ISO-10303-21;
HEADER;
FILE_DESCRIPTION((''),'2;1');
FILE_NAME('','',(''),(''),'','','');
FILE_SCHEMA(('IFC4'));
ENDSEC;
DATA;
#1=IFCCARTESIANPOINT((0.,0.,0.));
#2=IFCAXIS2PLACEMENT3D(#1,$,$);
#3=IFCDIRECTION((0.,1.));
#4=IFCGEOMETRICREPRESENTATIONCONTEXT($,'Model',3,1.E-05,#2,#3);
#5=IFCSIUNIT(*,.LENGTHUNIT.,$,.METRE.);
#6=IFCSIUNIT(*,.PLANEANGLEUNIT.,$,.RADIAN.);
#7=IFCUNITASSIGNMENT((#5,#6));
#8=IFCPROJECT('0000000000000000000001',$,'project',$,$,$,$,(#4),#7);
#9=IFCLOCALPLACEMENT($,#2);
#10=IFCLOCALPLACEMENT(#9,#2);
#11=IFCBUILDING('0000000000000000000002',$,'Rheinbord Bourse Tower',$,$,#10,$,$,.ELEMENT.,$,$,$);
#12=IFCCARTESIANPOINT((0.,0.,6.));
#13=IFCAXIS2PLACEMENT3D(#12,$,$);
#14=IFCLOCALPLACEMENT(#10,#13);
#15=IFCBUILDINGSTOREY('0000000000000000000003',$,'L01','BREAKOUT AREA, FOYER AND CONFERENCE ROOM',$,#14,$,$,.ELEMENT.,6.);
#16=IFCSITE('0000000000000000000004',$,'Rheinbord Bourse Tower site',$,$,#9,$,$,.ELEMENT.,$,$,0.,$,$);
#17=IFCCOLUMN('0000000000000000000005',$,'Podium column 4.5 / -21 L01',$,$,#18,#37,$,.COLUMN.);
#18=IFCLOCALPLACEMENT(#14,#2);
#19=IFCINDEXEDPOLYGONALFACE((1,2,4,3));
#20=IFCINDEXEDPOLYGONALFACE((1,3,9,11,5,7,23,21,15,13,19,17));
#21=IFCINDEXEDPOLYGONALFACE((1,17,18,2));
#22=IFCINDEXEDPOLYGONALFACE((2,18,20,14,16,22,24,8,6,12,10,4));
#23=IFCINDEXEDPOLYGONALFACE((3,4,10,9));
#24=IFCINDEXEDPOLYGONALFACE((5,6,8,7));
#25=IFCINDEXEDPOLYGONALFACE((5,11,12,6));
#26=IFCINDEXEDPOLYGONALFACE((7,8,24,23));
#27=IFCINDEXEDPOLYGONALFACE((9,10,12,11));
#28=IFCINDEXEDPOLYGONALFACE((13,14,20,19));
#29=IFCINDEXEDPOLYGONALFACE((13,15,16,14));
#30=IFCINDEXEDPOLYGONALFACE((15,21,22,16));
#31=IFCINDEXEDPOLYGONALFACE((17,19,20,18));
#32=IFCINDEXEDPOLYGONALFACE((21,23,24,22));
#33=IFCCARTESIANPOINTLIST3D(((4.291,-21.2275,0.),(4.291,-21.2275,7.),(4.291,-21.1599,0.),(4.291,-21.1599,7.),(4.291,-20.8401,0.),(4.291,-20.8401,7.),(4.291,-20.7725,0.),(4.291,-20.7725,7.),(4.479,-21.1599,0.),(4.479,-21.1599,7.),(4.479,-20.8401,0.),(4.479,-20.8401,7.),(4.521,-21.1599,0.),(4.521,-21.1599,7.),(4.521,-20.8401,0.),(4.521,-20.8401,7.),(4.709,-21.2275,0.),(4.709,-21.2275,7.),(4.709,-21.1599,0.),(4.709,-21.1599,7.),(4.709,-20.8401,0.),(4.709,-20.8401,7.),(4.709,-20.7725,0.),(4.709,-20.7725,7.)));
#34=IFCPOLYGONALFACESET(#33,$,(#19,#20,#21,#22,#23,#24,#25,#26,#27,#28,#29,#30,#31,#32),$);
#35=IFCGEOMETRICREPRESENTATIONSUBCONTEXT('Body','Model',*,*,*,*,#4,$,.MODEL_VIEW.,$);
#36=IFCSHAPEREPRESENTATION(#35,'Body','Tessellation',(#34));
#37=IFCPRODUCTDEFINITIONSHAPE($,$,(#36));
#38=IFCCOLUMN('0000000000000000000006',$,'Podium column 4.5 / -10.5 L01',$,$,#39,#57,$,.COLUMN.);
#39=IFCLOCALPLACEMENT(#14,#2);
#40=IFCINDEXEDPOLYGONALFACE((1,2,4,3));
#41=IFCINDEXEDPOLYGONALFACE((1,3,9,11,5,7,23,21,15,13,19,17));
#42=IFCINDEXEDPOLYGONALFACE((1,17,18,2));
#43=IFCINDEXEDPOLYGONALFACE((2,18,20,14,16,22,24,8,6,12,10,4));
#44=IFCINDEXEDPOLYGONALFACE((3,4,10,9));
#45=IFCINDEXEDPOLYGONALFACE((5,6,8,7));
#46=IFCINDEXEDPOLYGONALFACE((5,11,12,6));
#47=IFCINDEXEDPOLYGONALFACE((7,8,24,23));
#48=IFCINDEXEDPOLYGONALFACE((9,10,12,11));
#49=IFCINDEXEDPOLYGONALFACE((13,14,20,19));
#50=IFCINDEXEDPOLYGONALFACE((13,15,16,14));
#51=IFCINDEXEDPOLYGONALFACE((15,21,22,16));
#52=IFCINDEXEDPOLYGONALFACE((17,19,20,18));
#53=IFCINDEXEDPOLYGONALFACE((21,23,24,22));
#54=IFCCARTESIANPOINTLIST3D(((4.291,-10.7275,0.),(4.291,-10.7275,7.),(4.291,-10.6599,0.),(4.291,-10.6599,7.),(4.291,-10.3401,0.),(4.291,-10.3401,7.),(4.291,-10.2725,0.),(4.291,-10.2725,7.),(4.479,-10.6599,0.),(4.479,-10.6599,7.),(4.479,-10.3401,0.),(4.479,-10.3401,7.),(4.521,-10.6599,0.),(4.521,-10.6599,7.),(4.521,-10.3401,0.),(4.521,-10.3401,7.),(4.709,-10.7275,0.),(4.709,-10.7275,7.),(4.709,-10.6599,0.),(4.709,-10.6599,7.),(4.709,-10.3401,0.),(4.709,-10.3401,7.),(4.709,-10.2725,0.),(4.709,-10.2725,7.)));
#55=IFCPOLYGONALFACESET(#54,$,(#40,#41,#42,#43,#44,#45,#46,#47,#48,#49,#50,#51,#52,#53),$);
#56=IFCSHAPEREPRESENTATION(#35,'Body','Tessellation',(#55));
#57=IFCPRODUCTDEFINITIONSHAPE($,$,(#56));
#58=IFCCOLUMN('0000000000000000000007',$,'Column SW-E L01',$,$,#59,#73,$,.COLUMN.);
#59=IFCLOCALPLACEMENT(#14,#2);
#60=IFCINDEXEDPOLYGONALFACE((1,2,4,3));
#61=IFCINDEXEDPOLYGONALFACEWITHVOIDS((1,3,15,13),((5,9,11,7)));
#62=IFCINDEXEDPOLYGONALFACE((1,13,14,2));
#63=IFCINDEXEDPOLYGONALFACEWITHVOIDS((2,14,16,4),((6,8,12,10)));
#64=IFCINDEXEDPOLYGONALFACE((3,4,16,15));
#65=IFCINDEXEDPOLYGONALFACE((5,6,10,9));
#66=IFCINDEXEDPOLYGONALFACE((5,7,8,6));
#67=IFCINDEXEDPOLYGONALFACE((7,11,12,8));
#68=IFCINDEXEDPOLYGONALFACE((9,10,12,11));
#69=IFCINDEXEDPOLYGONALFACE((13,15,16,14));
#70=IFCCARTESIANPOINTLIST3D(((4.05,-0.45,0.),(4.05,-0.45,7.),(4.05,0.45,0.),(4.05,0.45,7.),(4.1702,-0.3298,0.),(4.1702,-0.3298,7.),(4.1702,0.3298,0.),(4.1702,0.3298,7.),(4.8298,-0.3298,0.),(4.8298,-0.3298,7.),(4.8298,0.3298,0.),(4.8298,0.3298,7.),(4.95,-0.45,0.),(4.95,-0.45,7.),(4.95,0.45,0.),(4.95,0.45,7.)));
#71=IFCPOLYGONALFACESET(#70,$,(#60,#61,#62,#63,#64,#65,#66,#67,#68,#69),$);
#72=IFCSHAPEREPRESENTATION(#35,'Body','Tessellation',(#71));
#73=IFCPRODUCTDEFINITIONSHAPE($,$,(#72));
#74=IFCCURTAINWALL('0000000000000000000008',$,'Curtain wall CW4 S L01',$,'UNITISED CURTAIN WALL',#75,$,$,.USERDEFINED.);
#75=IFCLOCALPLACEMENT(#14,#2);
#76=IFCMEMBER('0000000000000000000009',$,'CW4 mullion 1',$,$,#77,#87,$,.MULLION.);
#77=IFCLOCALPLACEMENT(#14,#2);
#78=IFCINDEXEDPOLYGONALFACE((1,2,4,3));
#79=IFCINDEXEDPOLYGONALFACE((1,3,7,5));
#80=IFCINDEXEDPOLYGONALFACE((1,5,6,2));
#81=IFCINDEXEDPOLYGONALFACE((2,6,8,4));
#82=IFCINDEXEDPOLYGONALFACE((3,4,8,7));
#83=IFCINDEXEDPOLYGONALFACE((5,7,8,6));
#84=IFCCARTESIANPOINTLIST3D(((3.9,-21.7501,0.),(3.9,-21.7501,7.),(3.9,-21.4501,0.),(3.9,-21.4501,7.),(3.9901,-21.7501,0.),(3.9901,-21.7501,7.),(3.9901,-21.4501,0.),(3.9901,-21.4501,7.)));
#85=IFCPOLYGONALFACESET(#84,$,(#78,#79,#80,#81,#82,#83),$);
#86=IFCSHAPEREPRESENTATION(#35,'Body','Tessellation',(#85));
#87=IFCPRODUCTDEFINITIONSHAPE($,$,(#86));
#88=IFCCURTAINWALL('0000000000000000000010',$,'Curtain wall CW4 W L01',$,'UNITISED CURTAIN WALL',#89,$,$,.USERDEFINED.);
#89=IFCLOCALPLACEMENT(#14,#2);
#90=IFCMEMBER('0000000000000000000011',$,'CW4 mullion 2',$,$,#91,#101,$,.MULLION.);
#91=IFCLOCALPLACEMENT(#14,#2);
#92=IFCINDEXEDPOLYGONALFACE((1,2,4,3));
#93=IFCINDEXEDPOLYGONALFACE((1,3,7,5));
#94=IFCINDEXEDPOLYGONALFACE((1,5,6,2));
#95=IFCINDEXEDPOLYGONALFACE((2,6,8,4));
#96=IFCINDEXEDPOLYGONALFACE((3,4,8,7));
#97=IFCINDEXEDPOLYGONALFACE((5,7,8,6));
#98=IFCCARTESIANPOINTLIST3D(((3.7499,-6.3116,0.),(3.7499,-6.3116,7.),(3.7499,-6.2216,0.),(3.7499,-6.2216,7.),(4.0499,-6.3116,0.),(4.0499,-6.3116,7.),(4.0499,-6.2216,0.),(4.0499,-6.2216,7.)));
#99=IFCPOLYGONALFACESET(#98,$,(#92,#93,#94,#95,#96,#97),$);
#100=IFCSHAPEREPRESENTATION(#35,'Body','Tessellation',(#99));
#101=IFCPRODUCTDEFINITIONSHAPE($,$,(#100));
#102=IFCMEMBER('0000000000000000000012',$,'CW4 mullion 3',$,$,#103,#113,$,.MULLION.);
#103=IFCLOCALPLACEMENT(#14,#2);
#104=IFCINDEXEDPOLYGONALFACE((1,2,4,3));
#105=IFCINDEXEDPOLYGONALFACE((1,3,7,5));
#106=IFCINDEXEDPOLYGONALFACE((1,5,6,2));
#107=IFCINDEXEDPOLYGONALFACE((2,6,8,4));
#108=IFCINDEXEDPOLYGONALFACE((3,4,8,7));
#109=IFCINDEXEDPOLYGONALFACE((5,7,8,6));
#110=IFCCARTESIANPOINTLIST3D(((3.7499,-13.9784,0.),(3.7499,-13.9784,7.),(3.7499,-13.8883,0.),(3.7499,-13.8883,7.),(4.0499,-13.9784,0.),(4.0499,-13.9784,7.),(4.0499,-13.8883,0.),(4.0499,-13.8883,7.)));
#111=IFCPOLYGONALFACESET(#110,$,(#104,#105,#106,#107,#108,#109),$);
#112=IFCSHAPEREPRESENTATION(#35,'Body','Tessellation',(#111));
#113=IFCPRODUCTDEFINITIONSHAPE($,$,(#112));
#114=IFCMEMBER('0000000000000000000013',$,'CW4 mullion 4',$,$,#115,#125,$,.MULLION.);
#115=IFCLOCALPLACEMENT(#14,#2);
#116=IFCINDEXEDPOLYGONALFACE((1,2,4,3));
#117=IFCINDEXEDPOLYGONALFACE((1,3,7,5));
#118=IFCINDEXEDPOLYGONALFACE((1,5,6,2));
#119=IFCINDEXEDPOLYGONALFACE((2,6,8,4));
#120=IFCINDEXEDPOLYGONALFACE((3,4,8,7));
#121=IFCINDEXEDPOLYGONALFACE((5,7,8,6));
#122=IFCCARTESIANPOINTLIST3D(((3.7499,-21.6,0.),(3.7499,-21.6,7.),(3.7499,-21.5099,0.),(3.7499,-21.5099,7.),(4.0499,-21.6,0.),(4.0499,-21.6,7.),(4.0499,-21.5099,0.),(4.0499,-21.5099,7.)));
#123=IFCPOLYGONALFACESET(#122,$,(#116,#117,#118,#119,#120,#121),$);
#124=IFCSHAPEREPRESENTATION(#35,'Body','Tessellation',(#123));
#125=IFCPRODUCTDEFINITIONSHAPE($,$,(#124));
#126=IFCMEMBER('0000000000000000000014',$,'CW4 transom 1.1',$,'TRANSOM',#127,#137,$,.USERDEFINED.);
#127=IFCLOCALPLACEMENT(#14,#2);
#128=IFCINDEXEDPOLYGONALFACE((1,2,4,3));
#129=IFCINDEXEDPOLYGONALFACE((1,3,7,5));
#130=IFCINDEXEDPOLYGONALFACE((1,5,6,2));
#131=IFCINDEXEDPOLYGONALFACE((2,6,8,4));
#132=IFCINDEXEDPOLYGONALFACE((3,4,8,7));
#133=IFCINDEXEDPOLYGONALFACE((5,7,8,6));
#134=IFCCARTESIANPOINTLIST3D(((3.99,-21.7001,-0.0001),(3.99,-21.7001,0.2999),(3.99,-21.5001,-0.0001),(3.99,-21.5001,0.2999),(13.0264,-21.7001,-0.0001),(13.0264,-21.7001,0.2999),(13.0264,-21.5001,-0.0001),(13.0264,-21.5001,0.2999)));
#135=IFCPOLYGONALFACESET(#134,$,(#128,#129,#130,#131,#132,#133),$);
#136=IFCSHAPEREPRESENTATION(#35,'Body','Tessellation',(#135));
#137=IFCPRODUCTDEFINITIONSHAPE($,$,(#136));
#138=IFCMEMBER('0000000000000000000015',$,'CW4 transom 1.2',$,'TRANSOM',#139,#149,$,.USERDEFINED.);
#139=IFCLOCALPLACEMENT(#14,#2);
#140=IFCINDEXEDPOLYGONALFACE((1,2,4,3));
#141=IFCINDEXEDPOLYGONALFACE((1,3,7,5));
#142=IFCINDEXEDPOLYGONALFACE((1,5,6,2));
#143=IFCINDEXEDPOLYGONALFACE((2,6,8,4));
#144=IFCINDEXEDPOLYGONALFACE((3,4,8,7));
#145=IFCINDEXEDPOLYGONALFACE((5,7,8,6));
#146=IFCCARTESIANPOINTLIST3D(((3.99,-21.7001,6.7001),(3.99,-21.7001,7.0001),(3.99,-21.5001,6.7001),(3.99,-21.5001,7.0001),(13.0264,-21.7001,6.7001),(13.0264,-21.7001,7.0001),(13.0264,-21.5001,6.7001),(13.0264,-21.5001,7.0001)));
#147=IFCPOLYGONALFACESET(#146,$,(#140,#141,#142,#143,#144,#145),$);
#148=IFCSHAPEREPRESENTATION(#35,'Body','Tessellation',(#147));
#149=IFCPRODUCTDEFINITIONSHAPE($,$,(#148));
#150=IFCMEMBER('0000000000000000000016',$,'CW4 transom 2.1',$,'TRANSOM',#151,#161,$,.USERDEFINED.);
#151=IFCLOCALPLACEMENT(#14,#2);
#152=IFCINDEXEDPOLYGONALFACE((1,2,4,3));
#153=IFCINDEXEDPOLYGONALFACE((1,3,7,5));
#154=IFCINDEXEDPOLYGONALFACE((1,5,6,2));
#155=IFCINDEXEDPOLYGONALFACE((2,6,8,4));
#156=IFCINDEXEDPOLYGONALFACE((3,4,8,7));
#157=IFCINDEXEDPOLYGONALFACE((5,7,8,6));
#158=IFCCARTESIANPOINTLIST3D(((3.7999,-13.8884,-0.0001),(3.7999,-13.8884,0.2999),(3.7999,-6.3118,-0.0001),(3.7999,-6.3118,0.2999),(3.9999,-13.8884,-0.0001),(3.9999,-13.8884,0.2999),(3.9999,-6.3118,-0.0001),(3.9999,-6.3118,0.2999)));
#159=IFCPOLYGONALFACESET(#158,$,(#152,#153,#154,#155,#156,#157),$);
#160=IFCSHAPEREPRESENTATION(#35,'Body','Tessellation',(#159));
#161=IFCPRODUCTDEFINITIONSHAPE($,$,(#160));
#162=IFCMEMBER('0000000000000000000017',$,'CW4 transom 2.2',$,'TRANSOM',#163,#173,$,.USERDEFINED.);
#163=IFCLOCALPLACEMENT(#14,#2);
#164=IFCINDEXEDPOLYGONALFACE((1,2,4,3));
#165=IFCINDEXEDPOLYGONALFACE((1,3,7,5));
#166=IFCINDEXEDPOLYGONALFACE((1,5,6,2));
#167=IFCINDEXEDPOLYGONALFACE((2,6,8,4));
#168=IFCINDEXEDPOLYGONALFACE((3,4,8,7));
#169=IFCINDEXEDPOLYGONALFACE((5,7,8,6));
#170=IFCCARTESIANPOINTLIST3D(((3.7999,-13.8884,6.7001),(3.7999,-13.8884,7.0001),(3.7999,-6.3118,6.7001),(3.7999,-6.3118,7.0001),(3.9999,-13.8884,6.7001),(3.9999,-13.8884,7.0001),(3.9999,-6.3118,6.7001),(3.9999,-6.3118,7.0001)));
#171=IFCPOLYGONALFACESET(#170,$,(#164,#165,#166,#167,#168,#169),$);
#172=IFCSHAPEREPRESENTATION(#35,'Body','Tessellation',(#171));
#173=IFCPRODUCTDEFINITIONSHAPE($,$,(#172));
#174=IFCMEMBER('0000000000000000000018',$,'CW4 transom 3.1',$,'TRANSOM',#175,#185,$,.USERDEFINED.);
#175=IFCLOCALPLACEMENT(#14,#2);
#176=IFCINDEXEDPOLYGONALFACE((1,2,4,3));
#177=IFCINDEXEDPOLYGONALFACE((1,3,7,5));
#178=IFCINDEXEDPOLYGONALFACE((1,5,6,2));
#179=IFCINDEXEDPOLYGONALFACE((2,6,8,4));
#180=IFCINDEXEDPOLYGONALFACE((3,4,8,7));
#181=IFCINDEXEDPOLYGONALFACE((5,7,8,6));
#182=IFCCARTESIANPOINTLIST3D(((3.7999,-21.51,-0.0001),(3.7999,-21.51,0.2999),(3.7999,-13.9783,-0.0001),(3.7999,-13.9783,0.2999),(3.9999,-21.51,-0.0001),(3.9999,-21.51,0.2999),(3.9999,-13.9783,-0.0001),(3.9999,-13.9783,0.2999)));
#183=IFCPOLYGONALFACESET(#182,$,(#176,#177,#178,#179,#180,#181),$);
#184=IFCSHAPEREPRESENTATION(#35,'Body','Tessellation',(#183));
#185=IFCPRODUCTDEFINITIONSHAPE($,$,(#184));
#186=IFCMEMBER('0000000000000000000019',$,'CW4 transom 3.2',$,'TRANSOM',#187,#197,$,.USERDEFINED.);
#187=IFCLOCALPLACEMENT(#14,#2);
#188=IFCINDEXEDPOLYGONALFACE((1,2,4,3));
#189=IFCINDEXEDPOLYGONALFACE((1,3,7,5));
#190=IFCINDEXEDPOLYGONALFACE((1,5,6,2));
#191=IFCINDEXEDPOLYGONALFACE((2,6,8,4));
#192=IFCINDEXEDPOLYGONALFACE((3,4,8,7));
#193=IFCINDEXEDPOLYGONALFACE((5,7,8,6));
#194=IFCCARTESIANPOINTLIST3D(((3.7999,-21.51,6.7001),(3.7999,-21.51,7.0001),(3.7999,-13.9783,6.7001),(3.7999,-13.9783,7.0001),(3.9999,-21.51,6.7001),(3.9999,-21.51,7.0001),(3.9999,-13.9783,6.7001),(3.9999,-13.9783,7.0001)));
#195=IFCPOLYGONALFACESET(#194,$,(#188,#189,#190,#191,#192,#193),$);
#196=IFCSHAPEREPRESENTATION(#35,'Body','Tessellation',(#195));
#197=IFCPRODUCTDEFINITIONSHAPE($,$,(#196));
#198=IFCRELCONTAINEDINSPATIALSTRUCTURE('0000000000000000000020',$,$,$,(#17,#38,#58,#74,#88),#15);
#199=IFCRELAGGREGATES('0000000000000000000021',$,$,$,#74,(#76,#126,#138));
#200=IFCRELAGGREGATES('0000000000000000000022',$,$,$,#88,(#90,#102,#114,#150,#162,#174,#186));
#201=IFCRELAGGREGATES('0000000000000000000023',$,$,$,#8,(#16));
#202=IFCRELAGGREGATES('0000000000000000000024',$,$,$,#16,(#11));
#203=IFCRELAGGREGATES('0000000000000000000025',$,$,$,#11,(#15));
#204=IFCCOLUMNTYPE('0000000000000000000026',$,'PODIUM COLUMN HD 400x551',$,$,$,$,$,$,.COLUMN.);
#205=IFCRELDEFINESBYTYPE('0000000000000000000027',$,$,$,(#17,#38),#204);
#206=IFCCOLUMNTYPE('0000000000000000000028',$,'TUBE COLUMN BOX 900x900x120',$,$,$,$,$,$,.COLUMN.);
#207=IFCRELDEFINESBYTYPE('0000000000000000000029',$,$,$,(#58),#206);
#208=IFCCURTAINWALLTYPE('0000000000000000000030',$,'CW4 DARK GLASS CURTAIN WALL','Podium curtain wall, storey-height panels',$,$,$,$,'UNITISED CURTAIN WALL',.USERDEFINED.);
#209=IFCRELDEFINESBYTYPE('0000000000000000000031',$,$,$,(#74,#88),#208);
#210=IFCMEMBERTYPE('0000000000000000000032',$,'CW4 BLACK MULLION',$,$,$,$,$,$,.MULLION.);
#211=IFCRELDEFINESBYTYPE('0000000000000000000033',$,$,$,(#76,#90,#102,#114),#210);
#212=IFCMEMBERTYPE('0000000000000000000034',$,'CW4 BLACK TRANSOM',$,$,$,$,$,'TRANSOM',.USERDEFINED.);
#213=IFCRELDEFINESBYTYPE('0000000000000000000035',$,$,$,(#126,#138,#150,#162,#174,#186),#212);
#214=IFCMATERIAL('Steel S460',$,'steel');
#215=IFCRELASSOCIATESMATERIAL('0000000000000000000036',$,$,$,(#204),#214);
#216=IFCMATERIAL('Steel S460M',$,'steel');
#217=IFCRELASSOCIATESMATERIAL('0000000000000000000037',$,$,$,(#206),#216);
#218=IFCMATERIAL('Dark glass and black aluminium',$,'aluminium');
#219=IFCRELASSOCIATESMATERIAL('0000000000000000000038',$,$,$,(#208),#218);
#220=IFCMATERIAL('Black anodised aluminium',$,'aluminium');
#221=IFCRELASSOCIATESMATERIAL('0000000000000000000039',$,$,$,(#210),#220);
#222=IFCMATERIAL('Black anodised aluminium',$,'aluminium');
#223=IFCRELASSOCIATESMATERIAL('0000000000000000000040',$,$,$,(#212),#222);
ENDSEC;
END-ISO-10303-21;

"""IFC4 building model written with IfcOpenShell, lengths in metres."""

from ifc_helpers import new_model, si_unit, direction, frame, origin, origin_2d, place, context, subcontext, project, spatial, rectangle, hollow_rectangle, i_section, extrude, material, material_profile, profile_set, type_object, element, aggregate, save


model = new_model("IFC4")

# Units and contexts
model_context = context("Model", 3, precision=1e-05, world=origin(), true_north=direction((0.0, 1.0)))
body_context = subcontext(model_context, "Body", "Model", "MODEL_VIEW")
ifc_project = project(units=[si_unit("LENGTHUNIT", "METRE"), si_unit("PLANEANGLEUNIT", "RADIAN")], contexts=[model_context])

# Site, building, storey
site_placement = place(None, origin())
site = spatial("IfcSite", under=ifc_project, at=site_placement, Name="Rheinbord Bourse Tower site", CompositionType="ELEMENT", RefElevation=0.0)
building_placement = place(site_placement, origin())
building = spatial("IfcBuilding", under=site, at=building_placement, Name="Rheinbord Bourse Tower", CompositionType="ELEMENT")
storey_placement = place(building_placement, frame((0.0, 0.0, 6.0)))
storey = spatial("IfcBuildingStorey", under=building, at=storey_placement, Name="L01", Description="BREAKOUT AREA, FOYER AND CONFERENCE ROOM", CompositionType="ELEMENT", Elevation=6.0)

# Columns
ifc_material_1 = material(Name="Steel S460", Category="steel")
ifc_material_profile_1 = material_profile(ifc_material_1, i_section(OverallWidth=0.418, OverallDepth=0.4551, WebThickness=0.042, FlangeThickness=0.0676, at=origin_2d()), Name="HD 400x551")
ifc_profile_set_1 = profile_set([ifc_material_profile_1], Name="Steel S460")
column_type_1 = type_object("IfcColumnType", Name="PODIUM COLUMN HD 400x551", PredefinedType="COLUMN", material=ifc_profile_set_1)
for number, where, z_axis, x_axis, name in (
    (1, (4.5, -21.0, 0.0), (0.0, 0.0, 1.0), (1.0, 0.0, 0.0), "Podium column 4.5 / -21 L01"),
    (2, (4.5, -10.5, 0.0), (0.0, 0.0, 1.0), (1.0, 0.0, 0.0), "Podium column 4.5 / -10.5 L01"),
):
    element("IfcColumn", number, at=place(storey_placement, frame(where, z_axis=z_axis, x_axis=x_axis)), inside=storey, type_object=column_type_1, Name=name, PredefinedType="COLUMN", context=body_context, shape_type="SweptSolid", body=[
        extrude(i_section(OverallWidth=0.418, OverallDepth=0.4551, WebThickness=0.042, FlangeThickness=0.0676, at=origin_2d()), origin(), (0.0, 0.0, 1.0), 7.0),
    ])
ifc_material_2 = material(Name="Steel S460M", Category="steel")
ifc_material_profile_2 = material_profile(ifc_material_2, hollow_rectangle(XDim=0.8999, YDim=0.8999, WallThickness=0.1201, at=origin_2d()), Name="BOX 900x900x120")
ifc_profile_set_2 = profile_set([ifc_material_profile_2], Name="Steel S460M")
column_type_2 = type_object("IfcColumnType", Name="TUBE COLUMN BOX 900x900x120", PredefinedType="COLUMN", material=ifc_profile_set_2)
column_placement = place(storey_placement, frame((4.5, 0.0, 0.0), z_axis=(0.0, 0.0, 1.0), x_axis=(0.0, 1.0, 0.0)))
element("IfcColumn", 3, at=column_placement, inside=storey, type_object=column_type_2, Name="Column SW-E L01", PredefinedType="COLUMN", context=body_context, shape_type="SweptSolid", body=[
    extrude(hollow_rectangle(XDim=0.8999, YDim=0.8999, WallThickness=0.1201, at=origin_2d()), origin(), (0.0, 0.0, 1.0), 7.0),
])

# Curtain wall, member
ifc_material_3 = material(Name="Dark glass and black aluminium", Category="aluminium")
curtain_wall_type = type_object("IfcCurtainWallType", Name="CW4 DARK GLASS CURTAIN WALL", Description="Podium curtain wall, storey-height panels", ElementType="UNITISED CURTAIN WALL", PredefinedType="USERDEFINED", material=ifc_material_3)
curtain_wall_1_placement = place(storey_placement, origin())
curtain_wall_1 = element("IfcCurtainWall", 4, at=curtain_wall_1_placement, inside=storey, type_object=curtain_wall_type, Name="Curtain wall CW4 S L01", ObjectType="UNITISED CURTAIN WALL", PredefinedType="USERDEFINED")
ifc_material_4 = material(Name="Black anodised aluminium", Category="aluminium")
ifc_material_profile_3 = material_profile(ifc_material_4, rectangle(XDim=0.3, YDim=0.0901, at=origin_2d()), Name="CW4 MULLION 90x300")
ifc_profile_set_3 = profile_set([ifc_material_profile_3], Name="Black anodised aluminium")
member_type_1 = type_object("IfcMemberType", Name="CW4 BLACK MULLION", PredefinedType="MULLION", material=ifc_profile_set_3)
member_1_placement = place(storey_placement, frame((3.9451, -21.6001, 0.0), z_axis=(0.0, 0.0, 1.0), x_axis=(0.0, 1.0, 0.0)))
member_1 = element("IfcMember", 5, at=member_1_placement, type_object=member_type_1, Name="CW4 mullion 1", PredefinedType="MULLION", context=body_context, shape_type="SweptSolid", body=[
    extrude(rectangle(XDim=0.3, YDim=0.0901, at=origin_2d()), origin(), (0.0, 0.0, 1.0), 7.0),
])

# Curtain wall, members
curtain_wall_2_placement = place(storey_placement, origin())
curtain_wall_2 = element("IfcCurtainWall", 6, at=curtain_wall_2_placement, inside=storey, type_object=curtain_wall_type, Name="Curtain wall CW4 W L01", ObjectType="UNITISED CURTAIN WALL", PredefinedType="USERDEFINED")
member_2_placement = place(storey_placement, frame((3.8999, -6.2666, 0.0), z_axis=(0.0, 0.0, 1.0), x_axis=(1.0, 0.0, 0.0)))
member_2 = element("IfcMember", 7, at=member_2_placement, type_object=member_type_1, Name="CW4 mullion 2", PredefinedType="MULLION", context=body_context, shape_type="SweptSolid", body=[
    extrude(rectangle(XDim=0.3, YDim=0.0901, at=origin_2d()), origin(), (0.0, 0.0, 1.0), 7.0),
])
member_3_placement = place(storey_placement, frame((3.8999, -13.9333, 0.0), z_axis=(0.0, 0.0, 1.0), x_axis=(1.0, 0.0, 0.0)))
member_3 = element("IfcMember", 8, at=member_3_placement, type_object=member_type_1, Name="CW4 mullion 3", PredefinedType="MULLION", context=body_context, shape_type="SweptSolid", body=[
    extrude(rectangle(XDim=0.3, YDim=0.0901, at=origin_2d()), origin(), (0.0, 0.0, 1.0), 7.0),
])
member_4_placement = place(storey_placement, frame((3.8999, -21.5549, 0.0), z_axis=(0.0, 0.0, 1.0), x_axis=(1.0, 0.0, 0.0)))
member_4 = element("IfcMember", 9, at=member_4_placement, type_object=member_type_1, Name="CW4 mullion 4", PredefinedType="MULLION", context=body_context, shape_type="SweptSolid", body=[
    extrude(rectangle(XDim=0.3, YDim=0.0901, at=origin_2d()), origin(), (0.0, 0.0, 1.0), 7.0),
])

# Members
ifc_material_5 = material(Name="Black anodised aluminium", Category="aluminium")
ifc_material_profile_4 = material_profile(ifc_material_5, rectangle(XDim=0.2, YDim=0.3, at=origin_2d()), Name="CW4 TRANSOM 300x200")
ifc_profile_set_4 = profile_set([ifc_material_profile_4], Name="Black anodised aluminium")
member_type_2 = type_object("IfcMemberType", Name="CW4 BLACK TRANSOM", ElementType="TRANSOM", PredefinedType="USERDEFINED", material=ifc_profile_set_4)
member_5_placement = place(storey_placement, frame((3.99, -21.6001, 0.1499), z_axis=(1.0, 0.0, 0.0), x_axis=(0.0, 1.0, 0.0)))
member_5 = element("IfcMember", 10, at=member_5_placement, type_object=member_type_2, Name="CW4 transom 1.1", ObjectType="TRANSOM", PredefinedType="USERDEFINED", context=body_context, shape_type="SweptSolid", body=[
    extrude(rectangle(XDim=0.2, YDim=0.3, at=origin_2d()), origin(), (0.0, 0.0, 1.0), 9.0364),
])
member_6_placement = place(storey_placement, frame((3.99, -21.6001, 6.8501), z_axis=(1.0, 0.0, 0.0), x_axis=(0.0, 1.0, 0.0)))
member_6 = element("IfcMember", 11, at=member_6_placement, type_object=member_type_2, Name="CW4 transom 1.2", ObjectType="TRANSOM", PredefinedType="USERDEFINED", context=body_context, shape_type="SweptSolid", body=[
    extrude(rectangle(XDim=0.2, YDim=0.3, at=origin_2d()), origin(), (0.0, 0.0, 1.0), 9.0364),
])
member_7_placement = place(storey_placement, frame((3.8999, -6.3118, 0.1499), z_axis=(0.0, -1.0, 0.0), x_axis=(1.0, 0.0, 0.0)))
member_7 = element("IfcMember", 12, at=member_7_placement, type_object=member_type_2, Name="CW4 transom 2.1", ObjectType="TRANSOM", PredefinedType="USERDEFINED", context=body_context, shape_type="SweptSolid", body=[
    extrude(rectangle(XDim=0.2, YDim=0.3, at=origin_2d()), origin(), (0.0, 0.0, 1.0), 7.5767),
])
member_8_placement = place(storey_placement, frame((3.8999, -6.3118, 6.8501), z_axis=(0.0, -1.0, 0.0), x_axis=(1.0, 0.0, 0.0)))
member_8 = element("IfcMember", 13, at=member_8_placement, type_object=member_type_2, Name="CW4 transom 2.2", ObjectType="TRANSOM", PredefinedType="USERDEFINED", context=body_context, shape_type="SweptSolid", body=[
    extrude(rectangle(XDim=0.2, YDim=0.3, at=origin_2d()), origin(), (0.0, 0.0, 1.0), 7.5767),
])
member_9_placement = place(storey_placement, frame((3.8999, -13.9783, 0.1499), z_axis=(0.0, -1.0, 0.0), x_axis=(1.0, 0.0, 0.0)))
member_9 = element("IfcMember", 14, at=member_9_placement, type_object=member_type_2, Name="CW4 transom 3.1", ObjectType="TRANSOM", PredefinedType="USERDEFINED", context=body_context, shape_type="SweptSolid", body=[
    extrude(rectangle(XDim=0.2, YDim=0.3, at=origin_2d()), origin(), (0.0, 0.0, 1.0), 7.5317),
])
member_10_placement = place(storey_placement, frame((3.8999, -13.9783, 6.8501), z_axis=(0.0, -1.0, 0.0), x_axis=(1.0, 0.0, 0.0)))
member_10 = element("IfcMember", 15, at=member_10_placement, type_object=member_type_2, Name="CW4 transom 3.2", ObjectType="TRANSOM", PredefinedType="USERDEFINED", context=body_context, shape_type="SweptSolid", body=[
    extrude(rectangle(XDim=0.2, YDim=0.3, at=origin_2d()), origin(), (0.0, 0.0, 1.0), 7.5317),
])

aggregate(curtain_wall_1, [member_1, member_5, member_6])
aggregate(curtain_wall_2, [member_2, member_3, member_4, member_7, member_8, member_9, member_10])

save(model, "model.ifc")
